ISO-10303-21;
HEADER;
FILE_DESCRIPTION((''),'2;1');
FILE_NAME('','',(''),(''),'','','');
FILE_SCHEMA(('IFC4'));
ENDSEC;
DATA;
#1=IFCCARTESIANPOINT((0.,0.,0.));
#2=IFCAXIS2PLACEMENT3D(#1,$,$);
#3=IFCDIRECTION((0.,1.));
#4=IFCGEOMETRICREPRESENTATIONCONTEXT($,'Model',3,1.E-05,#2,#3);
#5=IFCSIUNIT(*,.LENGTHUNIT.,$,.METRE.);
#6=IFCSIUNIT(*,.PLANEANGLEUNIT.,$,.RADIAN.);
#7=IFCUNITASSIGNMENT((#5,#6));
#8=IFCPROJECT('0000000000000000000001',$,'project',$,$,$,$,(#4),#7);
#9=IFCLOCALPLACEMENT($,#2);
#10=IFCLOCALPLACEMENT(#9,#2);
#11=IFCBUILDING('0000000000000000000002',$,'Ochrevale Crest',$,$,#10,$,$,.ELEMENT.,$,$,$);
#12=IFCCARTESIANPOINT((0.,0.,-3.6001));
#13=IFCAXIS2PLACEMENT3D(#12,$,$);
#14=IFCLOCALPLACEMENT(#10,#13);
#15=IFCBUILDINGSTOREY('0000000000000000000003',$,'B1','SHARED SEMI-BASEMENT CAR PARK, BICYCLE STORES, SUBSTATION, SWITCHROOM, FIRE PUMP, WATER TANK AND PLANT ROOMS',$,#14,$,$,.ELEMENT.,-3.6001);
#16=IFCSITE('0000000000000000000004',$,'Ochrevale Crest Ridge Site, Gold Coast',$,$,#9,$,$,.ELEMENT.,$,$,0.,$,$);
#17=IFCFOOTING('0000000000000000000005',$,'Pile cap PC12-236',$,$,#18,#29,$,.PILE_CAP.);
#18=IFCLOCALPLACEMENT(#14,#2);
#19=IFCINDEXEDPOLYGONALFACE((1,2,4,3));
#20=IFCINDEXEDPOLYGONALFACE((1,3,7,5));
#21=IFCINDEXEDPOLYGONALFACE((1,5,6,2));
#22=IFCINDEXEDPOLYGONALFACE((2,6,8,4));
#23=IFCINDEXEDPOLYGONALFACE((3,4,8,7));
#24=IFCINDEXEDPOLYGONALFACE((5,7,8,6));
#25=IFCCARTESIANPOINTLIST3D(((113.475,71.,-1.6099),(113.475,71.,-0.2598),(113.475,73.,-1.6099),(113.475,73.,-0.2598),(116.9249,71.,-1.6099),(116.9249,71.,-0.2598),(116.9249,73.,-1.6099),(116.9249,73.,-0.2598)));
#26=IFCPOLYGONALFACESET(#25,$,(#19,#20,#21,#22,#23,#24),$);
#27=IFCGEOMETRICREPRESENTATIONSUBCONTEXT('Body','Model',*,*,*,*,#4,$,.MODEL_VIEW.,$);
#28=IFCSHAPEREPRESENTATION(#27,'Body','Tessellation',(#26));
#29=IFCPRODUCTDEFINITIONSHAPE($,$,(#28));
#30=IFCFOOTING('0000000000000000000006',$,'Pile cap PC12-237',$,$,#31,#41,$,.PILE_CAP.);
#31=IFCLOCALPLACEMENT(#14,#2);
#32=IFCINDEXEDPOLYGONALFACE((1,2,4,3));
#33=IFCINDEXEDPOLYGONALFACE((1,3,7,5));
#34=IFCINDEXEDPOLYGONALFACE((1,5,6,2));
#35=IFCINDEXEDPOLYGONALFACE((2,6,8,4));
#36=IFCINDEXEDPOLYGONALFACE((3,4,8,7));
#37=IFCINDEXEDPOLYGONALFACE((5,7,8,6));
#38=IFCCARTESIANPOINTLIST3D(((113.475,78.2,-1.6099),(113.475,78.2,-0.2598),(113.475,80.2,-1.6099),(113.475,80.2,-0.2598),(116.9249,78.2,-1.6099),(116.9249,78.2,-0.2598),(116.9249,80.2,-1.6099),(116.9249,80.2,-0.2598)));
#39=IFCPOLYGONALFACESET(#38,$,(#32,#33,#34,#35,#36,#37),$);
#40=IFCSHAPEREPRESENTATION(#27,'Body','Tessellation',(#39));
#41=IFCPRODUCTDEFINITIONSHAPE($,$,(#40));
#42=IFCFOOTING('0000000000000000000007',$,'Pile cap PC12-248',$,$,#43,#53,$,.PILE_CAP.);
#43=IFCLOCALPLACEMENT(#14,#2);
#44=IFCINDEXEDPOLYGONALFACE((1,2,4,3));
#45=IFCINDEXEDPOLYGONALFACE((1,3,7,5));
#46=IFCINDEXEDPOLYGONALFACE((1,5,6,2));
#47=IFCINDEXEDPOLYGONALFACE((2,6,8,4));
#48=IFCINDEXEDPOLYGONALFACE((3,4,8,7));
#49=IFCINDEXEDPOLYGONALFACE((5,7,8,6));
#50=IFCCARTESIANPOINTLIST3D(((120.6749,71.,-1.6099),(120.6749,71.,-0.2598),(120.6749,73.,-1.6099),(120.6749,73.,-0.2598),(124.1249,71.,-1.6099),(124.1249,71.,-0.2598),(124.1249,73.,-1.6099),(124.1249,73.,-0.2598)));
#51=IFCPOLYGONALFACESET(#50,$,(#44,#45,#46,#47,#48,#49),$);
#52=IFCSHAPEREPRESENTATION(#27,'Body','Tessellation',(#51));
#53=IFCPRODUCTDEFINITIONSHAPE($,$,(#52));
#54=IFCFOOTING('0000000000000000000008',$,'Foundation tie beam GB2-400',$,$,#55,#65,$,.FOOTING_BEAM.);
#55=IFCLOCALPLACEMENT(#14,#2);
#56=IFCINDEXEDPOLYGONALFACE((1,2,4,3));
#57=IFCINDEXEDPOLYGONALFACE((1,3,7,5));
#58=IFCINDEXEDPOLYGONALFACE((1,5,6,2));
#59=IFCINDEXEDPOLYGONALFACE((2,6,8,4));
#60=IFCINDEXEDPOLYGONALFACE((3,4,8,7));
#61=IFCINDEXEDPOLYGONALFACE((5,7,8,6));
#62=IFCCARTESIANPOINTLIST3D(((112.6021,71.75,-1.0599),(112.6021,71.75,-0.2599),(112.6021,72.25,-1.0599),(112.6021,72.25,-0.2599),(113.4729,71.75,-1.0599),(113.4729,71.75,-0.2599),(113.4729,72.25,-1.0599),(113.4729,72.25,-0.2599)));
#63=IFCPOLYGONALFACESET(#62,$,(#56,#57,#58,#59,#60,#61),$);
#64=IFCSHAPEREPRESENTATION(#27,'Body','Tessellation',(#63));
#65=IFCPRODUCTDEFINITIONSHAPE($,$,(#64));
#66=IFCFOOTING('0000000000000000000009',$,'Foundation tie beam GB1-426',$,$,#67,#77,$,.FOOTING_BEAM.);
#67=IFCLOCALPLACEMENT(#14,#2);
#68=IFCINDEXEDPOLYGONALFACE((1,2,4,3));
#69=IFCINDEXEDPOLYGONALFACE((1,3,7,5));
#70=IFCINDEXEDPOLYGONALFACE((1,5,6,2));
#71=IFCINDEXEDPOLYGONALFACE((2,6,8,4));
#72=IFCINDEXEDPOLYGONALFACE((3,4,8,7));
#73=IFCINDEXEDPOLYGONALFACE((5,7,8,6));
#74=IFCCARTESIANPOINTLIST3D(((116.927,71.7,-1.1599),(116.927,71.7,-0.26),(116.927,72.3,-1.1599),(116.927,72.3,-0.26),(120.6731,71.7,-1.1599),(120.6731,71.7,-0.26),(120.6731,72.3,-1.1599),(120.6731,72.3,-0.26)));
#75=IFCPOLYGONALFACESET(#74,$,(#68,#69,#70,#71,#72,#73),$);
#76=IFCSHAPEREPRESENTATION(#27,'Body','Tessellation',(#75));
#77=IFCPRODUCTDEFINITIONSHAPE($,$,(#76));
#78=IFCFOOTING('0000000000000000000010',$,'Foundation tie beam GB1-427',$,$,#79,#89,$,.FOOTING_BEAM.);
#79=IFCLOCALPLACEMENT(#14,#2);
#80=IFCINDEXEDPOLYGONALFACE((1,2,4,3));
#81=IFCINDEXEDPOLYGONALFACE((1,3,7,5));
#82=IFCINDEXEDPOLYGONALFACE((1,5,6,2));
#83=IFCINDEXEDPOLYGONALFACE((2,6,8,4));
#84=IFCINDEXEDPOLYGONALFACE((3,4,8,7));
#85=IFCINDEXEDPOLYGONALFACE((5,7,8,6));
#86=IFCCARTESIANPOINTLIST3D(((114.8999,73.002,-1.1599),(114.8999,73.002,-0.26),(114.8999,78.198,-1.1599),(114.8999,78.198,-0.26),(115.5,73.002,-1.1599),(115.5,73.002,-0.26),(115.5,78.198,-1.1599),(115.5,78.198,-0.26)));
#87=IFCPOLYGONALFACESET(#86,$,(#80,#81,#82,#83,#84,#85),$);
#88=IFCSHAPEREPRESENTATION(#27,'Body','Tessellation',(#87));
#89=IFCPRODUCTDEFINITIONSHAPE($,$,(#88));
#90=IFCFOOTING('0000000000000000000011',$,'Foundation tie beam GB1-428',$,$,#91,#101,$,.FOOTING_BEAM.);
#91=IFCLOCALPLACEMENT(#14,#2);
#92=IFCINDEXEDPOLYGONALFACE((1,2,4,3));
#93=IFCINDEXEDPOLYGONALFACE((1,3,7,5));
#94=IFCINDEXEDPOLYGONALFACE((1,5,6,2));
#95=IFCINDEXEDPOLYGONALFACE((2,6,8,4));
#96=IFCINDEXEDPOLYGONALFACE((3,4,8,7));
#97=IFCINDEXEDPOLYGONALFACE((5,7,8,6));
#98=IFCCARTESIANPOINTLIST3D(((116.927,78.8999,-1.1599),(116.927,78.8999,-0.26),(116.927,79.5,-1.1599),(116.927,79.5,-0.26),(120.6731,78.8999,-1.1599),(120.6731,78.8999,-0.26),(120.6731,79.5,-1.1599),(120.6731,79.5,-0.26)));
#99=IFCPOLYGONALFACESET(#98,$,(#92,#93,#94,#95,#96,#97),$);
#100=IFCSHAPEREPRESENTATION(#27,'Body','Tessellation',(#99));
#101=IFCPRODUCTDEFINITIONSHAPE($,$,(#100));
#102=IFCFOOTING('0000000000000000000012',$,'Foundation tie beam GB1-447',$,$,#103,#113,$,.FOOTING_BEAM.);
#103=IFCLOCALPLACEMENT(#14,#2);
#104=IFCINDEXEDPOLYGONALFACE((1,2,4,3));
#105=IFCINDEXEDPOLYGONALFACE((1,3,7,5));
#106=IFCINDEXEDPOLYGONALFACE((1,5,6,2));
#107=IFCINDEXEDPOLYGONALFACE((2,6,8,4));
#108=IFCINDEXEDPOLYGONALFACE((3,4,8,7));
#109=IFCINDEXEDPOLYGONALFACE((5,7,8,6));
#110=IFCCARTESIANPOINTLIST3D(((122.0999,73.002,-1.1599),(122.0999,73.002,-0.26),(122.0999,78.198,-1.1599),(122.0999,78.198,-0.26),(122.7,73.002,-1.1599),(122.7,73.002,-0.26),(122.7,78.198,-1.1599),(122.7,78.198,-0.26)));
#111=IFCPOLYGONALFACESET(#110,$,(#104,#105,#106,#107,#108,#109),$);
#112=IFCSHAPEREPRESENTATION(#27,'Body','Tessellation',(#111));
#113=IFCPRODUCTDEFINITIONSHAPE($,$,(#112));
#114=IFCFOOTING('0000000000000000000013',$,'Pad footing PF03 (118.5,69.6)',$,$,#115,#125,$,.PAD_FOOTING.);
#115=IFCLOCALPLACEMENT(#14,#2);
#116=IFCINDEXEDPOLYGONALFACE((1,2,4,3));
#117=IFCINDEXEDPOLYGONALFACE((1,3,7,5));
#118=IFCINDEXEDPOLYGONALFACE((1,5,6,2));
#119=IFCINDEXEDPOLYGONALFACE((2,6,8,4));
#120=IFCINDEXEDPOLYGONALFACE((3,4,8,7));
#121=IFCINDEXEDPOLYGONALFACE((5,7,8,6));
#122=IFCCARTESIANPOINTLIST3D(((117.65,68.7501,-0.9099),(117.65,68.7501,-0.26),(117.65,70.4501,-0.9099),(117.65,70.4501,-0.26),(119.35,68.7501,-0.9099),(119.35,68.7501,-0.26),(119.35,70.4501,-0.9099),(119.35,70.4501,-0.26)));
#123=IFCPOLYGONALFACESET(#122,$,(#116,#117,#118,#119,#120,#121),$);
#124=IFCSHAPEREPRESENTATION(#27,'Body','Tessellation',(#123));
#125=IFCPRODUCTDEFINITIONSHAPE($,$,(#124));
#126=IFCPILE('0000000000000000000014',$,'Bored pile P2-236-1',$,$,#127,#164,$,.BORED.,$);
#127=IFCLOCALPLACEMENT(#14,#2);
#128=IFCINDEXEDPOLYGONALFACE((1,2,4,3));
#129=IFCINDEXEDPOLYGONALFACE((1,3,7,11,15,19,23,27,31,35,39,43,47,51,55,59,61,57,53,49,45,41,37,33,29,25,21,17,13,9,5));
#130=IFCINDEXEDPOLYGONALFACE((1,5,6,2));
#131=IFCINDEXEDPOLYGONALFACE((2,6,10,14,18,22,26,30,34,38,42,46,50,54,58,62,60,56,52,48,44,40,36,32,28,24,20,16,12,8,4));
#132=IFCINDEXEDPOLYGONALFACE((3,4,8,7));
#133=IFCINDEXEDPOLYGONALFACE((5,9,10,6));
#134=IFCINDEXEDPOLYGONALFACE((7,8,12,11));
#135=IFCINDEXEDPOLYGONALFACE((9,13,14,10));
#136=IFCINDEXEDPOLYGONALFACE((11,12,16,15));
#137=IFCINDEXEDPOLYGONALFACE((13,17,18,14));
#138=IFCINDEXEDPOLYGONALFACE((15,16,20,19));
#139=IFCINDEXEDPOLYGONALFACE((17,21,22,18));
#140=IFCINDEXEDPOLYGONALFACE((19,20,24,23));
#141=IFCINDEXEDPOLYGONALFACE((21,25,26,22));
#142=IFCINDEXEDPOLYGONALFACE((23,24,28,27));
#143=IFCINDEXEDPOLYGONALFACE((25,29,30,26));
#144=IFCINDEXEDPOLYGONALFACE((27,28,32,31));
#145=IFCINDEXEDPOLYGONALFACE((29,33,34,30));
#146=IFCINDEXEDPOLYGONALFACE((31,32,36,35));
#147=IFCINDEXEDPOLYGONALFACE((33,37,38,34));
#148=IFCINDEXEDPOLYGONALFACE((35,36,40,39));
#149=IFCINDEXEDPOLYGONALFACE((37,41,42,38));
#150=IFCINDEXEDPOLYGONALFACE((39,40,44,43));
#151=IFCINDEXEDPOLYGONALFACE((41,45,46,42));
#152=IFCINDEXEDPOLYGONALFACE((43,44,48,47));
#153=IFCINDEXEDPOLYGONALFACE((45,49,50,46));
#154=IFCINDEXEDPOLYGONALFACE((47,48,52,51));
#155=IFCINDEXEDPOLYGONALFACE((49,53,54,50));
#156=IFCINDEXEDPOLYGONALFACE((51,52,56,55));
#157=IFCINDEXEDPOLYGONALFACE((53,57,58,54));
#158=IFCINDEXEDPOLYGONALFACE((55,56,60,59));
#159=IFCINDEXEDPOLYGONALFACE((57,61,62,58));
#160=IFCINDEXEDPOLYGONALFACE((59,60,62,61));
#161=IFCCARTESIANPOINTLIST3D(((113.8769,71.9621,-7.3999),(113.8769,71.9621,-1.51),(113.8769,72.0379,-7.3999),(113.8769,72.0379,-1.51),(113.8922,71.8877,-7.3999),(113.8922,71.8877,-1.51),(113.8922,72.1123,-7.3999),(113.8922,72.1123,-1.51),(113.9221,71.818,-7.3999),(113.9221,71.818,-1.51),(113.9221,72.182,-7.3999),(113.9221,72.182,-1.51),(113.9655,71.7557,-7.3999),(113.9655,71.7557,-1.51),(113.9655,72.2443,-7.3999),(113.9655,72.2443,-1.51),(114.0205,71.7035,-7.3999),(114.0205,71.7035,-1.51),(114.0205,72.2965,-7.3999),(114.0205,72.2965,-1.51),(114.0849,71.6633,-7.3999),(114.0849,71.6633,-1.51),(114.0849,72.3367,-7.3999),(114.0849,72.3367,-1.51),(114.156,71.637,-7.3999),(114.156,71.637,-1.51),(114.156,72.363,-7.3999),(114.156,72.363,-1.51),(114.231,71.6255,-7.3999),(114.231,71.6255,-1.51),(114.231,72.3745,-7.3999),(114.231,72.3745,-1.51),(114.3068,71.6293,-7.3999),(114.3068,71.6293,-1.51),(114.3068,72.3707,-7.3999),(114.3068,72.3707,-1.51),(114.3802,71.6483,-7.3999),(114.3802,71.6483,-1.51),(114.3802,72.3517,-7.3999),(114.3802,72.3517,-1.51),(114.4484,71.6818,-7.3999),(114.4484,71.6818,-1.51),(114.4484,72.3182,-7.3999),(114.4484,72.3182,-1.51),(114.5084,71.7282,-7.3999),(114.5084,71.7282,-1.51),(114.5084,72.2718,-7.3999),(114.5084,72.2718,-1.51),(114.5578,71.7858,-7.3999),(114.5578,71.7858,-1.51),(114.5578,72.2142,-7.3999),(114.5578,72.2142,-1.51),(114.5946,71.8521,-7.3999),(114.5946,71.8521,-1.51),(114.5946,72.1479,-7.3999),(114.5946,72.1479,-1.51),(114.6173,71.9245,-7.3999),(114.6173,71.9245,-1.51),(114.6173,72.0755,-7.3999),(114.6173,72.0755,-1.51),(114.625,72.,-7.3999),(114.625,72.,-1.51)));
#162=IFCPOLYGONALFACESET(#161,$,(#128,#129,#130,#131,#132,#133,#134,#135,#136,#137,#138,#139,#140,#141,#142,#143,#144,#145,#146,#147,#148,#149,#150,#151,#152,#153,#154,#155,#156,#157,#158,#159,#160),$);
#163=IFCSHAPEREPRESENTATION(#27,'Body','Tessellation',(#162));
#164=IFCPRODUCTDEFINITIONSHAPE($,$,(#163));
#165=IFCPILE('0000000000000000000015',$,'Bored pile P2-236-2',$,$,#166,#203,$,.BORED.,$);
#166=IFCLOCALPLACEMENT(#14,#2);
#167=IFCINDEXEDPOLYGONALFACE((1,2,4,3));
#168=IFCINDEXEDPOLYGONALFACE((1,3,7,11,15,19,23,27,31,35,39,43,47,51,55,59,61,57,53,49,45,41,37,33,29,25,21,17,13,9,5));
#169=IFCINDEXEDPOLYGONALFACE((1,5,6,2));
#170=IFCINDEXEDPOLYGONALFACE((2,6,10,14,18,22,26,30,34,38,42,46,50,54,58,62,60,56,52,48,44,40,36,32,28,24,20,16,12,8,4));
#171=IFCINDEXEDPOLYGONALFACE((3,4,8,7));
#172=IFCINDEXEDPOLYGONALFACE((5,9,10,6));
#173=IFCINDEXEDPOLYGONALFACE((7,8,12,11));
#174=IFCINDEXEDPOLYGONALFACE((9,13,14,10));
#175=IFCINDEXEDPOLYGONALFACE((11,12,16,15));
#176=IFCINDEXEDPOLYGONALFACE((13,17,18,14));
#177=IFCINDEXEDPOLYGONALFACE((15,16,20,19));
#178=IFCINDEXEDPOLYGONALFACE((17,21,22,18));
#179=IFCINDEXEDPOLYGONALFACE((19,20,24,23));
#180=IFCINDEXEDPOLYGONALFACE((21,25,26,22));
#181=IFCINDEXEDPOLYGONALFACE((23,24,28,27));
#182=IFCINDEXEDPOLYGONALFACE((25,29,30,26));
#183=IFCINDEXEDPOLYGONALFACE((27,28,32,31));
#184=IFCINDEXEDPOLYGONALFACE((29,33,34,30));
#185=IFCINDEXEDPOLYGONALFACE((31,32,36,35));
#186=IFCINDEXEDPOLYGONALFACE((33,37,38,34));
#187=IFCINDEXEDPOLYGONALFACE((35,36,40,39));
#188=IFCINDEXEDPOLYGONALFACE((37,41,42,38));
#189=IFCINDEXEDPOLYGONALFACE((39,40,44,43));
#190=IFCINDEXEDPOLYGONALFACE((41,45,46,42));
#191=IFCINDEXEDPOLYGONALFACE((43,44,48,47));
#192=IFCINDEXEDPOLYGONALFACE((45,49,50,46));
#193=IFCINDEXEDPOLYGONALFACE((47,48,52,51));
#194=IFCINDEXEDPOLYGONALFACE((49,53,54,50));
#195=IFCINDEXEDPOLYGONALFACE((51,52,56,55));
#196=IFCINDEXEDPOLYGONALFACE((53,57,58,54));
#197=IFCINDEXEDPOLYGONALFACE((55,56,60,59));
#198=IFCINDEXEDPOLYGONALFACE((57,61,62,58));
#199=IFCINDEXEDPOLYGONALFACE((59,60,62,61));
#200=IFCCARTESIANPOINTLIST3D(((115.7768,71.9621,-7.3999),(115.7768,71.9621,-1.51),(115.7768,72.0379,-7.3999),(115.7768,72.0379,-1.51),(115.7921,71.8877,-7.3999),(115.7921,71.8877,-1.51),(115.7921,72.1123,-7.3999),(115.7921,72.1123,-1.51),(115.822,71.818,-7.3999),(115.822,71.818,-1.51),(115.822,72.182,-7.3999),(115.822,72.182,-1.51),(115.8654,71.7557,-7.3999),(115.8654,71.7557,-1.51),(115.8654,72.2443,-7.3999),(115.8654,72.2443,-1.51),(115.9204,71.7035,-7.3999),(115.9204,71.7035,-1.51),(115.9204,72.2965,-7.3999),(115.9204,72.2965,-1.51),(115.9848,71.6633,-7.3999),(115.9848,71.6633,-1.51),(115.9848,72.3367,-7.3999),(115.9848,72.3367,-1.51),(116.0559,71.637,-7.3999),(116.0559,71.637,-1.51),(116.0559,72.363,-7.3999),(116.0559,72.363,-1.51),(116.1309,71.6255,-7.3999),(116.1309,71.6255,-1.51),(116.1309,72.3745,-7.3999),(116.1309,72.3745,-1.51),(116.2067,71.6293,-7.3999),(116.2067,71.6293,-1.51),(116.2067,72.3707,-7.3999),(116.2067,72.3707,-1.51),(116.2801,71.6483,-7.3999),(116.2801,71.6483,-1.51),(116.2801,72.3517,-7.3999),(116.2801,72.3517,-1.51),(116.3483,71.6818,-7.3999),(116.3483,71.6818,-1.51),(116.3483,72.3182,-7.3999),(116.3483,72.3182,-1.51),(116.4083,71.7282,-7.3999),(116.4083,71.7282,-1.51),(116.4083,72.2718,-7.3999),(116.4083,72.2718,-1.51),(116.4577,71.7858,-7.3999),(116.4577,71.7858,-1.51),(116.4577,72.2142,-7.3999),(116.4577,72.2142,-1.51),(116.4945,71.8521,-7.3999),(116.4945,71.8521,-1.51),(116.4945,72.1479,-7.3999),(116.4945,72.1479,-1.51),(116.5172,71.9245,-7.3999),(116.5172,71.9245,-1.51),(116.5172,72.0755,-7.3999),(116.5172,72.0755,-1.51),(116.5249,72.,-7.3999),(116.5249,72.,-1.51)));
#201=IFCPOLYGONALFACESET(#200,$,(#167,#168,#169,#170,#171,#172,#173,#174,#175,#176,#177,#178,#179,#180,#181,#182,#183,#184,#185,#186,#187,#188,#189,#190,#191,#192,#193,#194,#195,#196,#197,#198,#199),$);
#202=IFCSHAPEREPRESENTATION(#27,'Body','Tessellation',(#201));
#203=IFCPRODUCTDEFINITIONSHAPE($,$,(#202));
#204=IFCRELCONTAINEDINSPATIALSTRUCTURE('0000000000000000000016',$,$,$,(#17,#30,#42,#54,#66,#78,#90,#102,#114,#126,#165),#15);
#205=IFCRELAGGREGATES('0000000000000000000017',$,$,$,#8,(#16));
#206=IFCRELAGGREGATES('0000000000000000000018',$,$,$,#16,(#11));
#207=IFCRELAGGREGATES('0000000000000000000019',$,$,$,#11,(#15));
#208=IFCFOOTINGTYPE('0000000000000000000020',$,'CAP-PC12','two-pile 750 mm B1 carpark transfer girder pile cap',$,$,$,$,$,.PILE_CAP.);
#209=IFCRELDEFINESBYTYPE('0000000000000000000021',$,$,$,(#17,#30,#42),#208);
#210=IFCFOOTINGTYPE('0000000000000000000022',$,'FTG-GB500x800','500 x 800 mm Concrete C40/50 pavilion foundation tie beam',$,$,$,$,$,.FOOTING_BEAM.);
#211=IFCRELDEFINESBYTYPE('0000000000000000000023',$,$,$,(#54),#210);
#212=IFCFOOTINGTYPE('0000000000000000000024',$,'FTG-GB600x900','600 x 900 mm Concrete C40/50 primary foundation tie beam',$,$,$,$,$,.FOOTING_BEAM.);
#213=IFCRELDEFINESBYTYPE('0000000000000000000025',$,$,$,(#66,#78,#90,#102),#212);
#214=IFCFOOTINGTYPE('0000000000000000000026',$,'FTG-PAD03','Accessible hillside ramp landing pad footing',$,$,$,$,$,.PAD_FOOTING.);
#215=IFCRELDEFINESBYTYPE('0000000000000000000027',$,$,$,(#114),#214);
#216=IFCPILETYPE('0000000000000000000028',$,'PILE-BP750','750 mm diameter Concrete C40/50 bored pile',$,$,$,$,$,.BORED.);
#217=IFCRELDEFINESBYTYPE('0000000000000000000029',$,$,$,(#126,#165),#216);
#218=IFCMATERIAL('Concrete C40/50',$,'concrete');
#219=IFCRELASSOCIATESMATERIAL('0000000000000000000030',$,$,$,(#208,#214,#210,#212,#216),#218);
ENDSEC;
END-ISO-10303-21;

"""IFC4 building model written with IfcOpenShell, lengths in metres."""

from ifc_helpers import new_model, si_unit, direction, frame, origin, origin_2d, place, context, subcontext, project, spatial, rectangle, circle, extrude, material, material_profile, profile_set, type_object, element, save


model = new_model("IFC4")

# Units and contexts
model_context = context("Model", 3, precision=1e-05, world=origin(), true_north=direction((0.0, 1.0)))
body_context = subcontext(model_context, "Body", "Model", "MODEL_VIEW")
ifc_project = project(units=[si_unit("LENGTHUNIT", "METRE"), si_unit("PLANEANGLEUNIT", "RADIAN")], contexts=[model_context])

# Site, building, storey
site_placement = place(None, origin())
site = spatial("IfcSite", under=ifc_project, at=site_placement, Name="Ochrevale Crest Ridge Site, Gold Coast", CompositionType="ELEMENT", RefElevation=0.0)
building_placement = place(site_placement, origin())
building = spatial("IfcBuilding", under=site, at=building_placement, Name="Ochrevale Crest", CompositionType="ELEMENT")
storey_placement = place(building_placement, frame((0.0, 0.0, -3.6001)))
storey = spatial("IfcBuildingStorey", under=building, at=storey_placement, Name="B1", Description="SHARED SEMI-BASEMENT CAR PARK, BICYCLE STORES, SUBSTATION, SWITCHROOM, FIRE PUMP, WATER TANK AND PLANT ROOMS", CompositionType="ELEMENT", Elevation=-3.6001)

# Footings
ifc_material_1 = material(Name="Concrete C40/50", Category="concrete")
footing_type_1 = type_object("IfcFootingType", Name="CAP-PC12", Description="two-pile 750 mm B1 carpark transfer girder pile cap", PredefinedType="PILE_CAP", material=ifc_material_1)
for number, where, z_axis, x_axis, name in (
    (1, (115.2, 72.0, -1.6099), (0.0, 0.0, 1.0), (1.0, 0.0, 0.0), "Pile cap PC12-236"),
    (2, (115.2, 79.2, -1.6099), (0.0, 0.0, 1.0), (1.0, 0.0, 0.0), "Pile cap PC12-237"),
    (3, (122.3999, 72.0, -1.6099), (0.0, 0.0, 1.0), (1.0, 0.0, 0.0), "Pile cap PC12-248"),
):
    element("IfcFooting", number, at=place(storey_placement, frame(where, z_axis=z_axis, x_axis=x_axis)), inside=storey, type_object=footing_type_1, Name=name, PredefinedType="PILE_CAP", context=body_context, shape_type="SweptSolid", body=[
        extrude(rectangle(XDim=3.45, YDim=2.0, at=origin_2d()), origin(), (0.0, 0.0, 1.0), 1.3501),
    ])
ifc_material_profile_1 = material_profile(ifc_material_1, rectangle(XDim=0.5, YDim=0.8, at=origin_2d()), Name="GB 500x800")
ifc_profile_set_1 = profile_set([ifc_material_profile_1], Name="Concrete C40/50")
footing_type_2 = type_object("IfcFootingType", Name="FTG-GB500x800", Description="500 x 800 mm Concrete C40/50 pavilion foundation tie beam", PredefinedType="FOOTING_BEAM", material=ifc_profile_set_1)
footing_1_placement = place(storey_placement, frame((112.6021, 72.0, -0.6599), z_axis=(1.0, 0.0, 0.0), x_axis=(0.0, 1.0, 0.0)))
element("IfcFooting", 4, at=footing_1_placement, inside=storey, type_object=footing_type_2, Name="Foundation tie beam GB2-400", PredefinedType="FOOTING_BEAM", context=body_context, shape_type="SweptSolid", body=[
    extrude(rectangle(XDim=0.5, YDim=0.8, at=origin_2d()), origin(), (0.0, 0.0, 1.0), 0.8708),
])
ifc_material_profile_2 = material_profile(ifc_material_1, rectangle(XDim=0.6001, YDim=0.8999, at=origin_2d()), Name="GB 600x900")
ifc_profile_set_2 = profile_set([ifc_material_profile_2], Name="Concrete C40/50")
footing_type_3 = type_object("IfcFootingType", Name="FTG-GB600x900", Description="600 x 900 mm Concrete C40/50 primary foundation tie beam", PredefinedType="FOOTING_BEAM", material=ifc_profile_set_2)
footing_2_placement = place(storey_placement, frame((116.927, 72.0, -0.71), z_axis=(1.0, 0.0, 0.0), x_axis=(0.0, 1.0, 0.0)))
element("IfcFooting", 5, at=footing_2_placement, inside=storey, type_object=footing_type_3, Name="Foundation tie beam GB1-426", PredefinedType="FOOTING_BEAM", context=body_context, shape_type="SweptSolid", body=[
    extrude(rectangle(XDim=0.6001, YDim=0.8999, at=origin_2d()), origin(), (0.0, 0.0, 1.0), 3.7461),
])
footing_3_placement = place(storey_placement, frame((115.2, 73.002, -0.71), z_axis=(0.0, 1.0, 0.0), x_axis=(-1.0, 0.0, 0.0)))
element("IfcFooting", 6, at=footing_3_placement, inside=storey, type_object=footing_type_3, Name="Foundation tie beam GB1-427", PredefinedType="FOOTING_BEAM", context=body_context, shape_type="SweptSolid", body=[
    extrude(rectangle(XDim=0.6001, YDim=0.8999, at=origin_2d()), origin(), (0.0, 0.0, 1.0), 5.196),
])
footing_4_placement = place(storey_placement, frame((116.927, 79.2, -0.71), z_axis=(1.0, 0.0, 0.0), x_axis=(0.0, 1.0, 0.0)))
element("IfcFooting", 7, at=footing_4_placement, inside=storey, type_object=footing_type_3, Name="Foundation tie beam GB1-428", PredefinedType="FOOTING_BEAM", context=body_context, shape_type="SweptSolid", body=[
    extrude(rectangle(XDim=0.6001, YDim=0.8999, at=origin_2d()), origin(), (0.0, 0.0, 1.0), 3.7461),
])
footing_5_placement = place(storey_placement, frame((122.3999, 73.002, -0.71), z_axis=(0.0, 1.0, 0.0), x_axis=(-1.0, 0.0, 0.0)))
element("IfcFooting", 8, at=footing_5_placement, inside=storey, type_object=footing_type_3, Name="Foundation tie beam GB1-447", PredefinedType="FOOTING_BEAM", context=body_context, shape_type="SweptSolid", body=[
    extrude(rectangle(XDim=0.6001, YDim=0.8999, at=origin_2d()), origin(), (0.0, 0.0, 1.0), 5.196),
])
footing_type_4 = type_object("IfcFootingType", Name="FTG-PAD03", Description="Accessible hillside ramp landing pad footing", PredefinedType="PAD_FOOTING", material=ifc_material_1)
footing_6_placement = place(storey_placement, frame((118.5, 69.6001, -0.9099), z_axis=(0.0, 0.0, 1.0), x_axis=(1.0, 0.0, 0.0)))
element("IfcFooting", 9, at=footing_6_placement, inside=storey, type_object=footing_type_4, Name="Pad footing PF03 (118.5,69.6)", PredefinedType="PAD_FOOTING", context=body_context, shape_type="SweptSolid", body=[
    extrude(rectangle(XDim=1.7, YDim=1.7, at=origin_2d()), origin(), (0.0, 0.0, 1.0), 0.6499),
])

# Piles
ifc_material_profile_3 = material_profile(ifc_material_1, circle(Radius=0.375, at=origin_2d()), Name="BORED PILE 750")
ifc_profile_set_3 = profile_set([ifc_material_profile_3], Name="Concrete C40/50")
pile_type = type_object("IfcPileType", Name="PILE-BP750", Description="750 mm diameter Concrete C40/50 bored pile", PredefinedType="BORED", material=ifc_profile_set_3)
for number, where, z_axis, x_axis, name in (
    (10, (114.25, 72.0, -1.51), (0.0, 0.0, -1.0), (1.0, 0.0, 0.0), "Bored pile P2-236-1"),
    (11, (116.1499, 72.0, -1.51), (0.0, 0.0, -1.0), (1.0, 0.0, 0.0), "Bored pile P2-236-2"),
):
    element("IfcPile", number, at=place(storey_placement, frame(where, z_axis=z_axis, x_axis=x_axis)), inside=storey, type_object=pile_type, Name=name, PredefinedType="BORED", context=body_context, shape_type="SweptSolid", body=[
        extrude(circle(Radius=0.375, at=origin_2d()), origin(), (0.0, 0.0, 1.0), 5.8899),
    ])

save(model, "model.ifc")
